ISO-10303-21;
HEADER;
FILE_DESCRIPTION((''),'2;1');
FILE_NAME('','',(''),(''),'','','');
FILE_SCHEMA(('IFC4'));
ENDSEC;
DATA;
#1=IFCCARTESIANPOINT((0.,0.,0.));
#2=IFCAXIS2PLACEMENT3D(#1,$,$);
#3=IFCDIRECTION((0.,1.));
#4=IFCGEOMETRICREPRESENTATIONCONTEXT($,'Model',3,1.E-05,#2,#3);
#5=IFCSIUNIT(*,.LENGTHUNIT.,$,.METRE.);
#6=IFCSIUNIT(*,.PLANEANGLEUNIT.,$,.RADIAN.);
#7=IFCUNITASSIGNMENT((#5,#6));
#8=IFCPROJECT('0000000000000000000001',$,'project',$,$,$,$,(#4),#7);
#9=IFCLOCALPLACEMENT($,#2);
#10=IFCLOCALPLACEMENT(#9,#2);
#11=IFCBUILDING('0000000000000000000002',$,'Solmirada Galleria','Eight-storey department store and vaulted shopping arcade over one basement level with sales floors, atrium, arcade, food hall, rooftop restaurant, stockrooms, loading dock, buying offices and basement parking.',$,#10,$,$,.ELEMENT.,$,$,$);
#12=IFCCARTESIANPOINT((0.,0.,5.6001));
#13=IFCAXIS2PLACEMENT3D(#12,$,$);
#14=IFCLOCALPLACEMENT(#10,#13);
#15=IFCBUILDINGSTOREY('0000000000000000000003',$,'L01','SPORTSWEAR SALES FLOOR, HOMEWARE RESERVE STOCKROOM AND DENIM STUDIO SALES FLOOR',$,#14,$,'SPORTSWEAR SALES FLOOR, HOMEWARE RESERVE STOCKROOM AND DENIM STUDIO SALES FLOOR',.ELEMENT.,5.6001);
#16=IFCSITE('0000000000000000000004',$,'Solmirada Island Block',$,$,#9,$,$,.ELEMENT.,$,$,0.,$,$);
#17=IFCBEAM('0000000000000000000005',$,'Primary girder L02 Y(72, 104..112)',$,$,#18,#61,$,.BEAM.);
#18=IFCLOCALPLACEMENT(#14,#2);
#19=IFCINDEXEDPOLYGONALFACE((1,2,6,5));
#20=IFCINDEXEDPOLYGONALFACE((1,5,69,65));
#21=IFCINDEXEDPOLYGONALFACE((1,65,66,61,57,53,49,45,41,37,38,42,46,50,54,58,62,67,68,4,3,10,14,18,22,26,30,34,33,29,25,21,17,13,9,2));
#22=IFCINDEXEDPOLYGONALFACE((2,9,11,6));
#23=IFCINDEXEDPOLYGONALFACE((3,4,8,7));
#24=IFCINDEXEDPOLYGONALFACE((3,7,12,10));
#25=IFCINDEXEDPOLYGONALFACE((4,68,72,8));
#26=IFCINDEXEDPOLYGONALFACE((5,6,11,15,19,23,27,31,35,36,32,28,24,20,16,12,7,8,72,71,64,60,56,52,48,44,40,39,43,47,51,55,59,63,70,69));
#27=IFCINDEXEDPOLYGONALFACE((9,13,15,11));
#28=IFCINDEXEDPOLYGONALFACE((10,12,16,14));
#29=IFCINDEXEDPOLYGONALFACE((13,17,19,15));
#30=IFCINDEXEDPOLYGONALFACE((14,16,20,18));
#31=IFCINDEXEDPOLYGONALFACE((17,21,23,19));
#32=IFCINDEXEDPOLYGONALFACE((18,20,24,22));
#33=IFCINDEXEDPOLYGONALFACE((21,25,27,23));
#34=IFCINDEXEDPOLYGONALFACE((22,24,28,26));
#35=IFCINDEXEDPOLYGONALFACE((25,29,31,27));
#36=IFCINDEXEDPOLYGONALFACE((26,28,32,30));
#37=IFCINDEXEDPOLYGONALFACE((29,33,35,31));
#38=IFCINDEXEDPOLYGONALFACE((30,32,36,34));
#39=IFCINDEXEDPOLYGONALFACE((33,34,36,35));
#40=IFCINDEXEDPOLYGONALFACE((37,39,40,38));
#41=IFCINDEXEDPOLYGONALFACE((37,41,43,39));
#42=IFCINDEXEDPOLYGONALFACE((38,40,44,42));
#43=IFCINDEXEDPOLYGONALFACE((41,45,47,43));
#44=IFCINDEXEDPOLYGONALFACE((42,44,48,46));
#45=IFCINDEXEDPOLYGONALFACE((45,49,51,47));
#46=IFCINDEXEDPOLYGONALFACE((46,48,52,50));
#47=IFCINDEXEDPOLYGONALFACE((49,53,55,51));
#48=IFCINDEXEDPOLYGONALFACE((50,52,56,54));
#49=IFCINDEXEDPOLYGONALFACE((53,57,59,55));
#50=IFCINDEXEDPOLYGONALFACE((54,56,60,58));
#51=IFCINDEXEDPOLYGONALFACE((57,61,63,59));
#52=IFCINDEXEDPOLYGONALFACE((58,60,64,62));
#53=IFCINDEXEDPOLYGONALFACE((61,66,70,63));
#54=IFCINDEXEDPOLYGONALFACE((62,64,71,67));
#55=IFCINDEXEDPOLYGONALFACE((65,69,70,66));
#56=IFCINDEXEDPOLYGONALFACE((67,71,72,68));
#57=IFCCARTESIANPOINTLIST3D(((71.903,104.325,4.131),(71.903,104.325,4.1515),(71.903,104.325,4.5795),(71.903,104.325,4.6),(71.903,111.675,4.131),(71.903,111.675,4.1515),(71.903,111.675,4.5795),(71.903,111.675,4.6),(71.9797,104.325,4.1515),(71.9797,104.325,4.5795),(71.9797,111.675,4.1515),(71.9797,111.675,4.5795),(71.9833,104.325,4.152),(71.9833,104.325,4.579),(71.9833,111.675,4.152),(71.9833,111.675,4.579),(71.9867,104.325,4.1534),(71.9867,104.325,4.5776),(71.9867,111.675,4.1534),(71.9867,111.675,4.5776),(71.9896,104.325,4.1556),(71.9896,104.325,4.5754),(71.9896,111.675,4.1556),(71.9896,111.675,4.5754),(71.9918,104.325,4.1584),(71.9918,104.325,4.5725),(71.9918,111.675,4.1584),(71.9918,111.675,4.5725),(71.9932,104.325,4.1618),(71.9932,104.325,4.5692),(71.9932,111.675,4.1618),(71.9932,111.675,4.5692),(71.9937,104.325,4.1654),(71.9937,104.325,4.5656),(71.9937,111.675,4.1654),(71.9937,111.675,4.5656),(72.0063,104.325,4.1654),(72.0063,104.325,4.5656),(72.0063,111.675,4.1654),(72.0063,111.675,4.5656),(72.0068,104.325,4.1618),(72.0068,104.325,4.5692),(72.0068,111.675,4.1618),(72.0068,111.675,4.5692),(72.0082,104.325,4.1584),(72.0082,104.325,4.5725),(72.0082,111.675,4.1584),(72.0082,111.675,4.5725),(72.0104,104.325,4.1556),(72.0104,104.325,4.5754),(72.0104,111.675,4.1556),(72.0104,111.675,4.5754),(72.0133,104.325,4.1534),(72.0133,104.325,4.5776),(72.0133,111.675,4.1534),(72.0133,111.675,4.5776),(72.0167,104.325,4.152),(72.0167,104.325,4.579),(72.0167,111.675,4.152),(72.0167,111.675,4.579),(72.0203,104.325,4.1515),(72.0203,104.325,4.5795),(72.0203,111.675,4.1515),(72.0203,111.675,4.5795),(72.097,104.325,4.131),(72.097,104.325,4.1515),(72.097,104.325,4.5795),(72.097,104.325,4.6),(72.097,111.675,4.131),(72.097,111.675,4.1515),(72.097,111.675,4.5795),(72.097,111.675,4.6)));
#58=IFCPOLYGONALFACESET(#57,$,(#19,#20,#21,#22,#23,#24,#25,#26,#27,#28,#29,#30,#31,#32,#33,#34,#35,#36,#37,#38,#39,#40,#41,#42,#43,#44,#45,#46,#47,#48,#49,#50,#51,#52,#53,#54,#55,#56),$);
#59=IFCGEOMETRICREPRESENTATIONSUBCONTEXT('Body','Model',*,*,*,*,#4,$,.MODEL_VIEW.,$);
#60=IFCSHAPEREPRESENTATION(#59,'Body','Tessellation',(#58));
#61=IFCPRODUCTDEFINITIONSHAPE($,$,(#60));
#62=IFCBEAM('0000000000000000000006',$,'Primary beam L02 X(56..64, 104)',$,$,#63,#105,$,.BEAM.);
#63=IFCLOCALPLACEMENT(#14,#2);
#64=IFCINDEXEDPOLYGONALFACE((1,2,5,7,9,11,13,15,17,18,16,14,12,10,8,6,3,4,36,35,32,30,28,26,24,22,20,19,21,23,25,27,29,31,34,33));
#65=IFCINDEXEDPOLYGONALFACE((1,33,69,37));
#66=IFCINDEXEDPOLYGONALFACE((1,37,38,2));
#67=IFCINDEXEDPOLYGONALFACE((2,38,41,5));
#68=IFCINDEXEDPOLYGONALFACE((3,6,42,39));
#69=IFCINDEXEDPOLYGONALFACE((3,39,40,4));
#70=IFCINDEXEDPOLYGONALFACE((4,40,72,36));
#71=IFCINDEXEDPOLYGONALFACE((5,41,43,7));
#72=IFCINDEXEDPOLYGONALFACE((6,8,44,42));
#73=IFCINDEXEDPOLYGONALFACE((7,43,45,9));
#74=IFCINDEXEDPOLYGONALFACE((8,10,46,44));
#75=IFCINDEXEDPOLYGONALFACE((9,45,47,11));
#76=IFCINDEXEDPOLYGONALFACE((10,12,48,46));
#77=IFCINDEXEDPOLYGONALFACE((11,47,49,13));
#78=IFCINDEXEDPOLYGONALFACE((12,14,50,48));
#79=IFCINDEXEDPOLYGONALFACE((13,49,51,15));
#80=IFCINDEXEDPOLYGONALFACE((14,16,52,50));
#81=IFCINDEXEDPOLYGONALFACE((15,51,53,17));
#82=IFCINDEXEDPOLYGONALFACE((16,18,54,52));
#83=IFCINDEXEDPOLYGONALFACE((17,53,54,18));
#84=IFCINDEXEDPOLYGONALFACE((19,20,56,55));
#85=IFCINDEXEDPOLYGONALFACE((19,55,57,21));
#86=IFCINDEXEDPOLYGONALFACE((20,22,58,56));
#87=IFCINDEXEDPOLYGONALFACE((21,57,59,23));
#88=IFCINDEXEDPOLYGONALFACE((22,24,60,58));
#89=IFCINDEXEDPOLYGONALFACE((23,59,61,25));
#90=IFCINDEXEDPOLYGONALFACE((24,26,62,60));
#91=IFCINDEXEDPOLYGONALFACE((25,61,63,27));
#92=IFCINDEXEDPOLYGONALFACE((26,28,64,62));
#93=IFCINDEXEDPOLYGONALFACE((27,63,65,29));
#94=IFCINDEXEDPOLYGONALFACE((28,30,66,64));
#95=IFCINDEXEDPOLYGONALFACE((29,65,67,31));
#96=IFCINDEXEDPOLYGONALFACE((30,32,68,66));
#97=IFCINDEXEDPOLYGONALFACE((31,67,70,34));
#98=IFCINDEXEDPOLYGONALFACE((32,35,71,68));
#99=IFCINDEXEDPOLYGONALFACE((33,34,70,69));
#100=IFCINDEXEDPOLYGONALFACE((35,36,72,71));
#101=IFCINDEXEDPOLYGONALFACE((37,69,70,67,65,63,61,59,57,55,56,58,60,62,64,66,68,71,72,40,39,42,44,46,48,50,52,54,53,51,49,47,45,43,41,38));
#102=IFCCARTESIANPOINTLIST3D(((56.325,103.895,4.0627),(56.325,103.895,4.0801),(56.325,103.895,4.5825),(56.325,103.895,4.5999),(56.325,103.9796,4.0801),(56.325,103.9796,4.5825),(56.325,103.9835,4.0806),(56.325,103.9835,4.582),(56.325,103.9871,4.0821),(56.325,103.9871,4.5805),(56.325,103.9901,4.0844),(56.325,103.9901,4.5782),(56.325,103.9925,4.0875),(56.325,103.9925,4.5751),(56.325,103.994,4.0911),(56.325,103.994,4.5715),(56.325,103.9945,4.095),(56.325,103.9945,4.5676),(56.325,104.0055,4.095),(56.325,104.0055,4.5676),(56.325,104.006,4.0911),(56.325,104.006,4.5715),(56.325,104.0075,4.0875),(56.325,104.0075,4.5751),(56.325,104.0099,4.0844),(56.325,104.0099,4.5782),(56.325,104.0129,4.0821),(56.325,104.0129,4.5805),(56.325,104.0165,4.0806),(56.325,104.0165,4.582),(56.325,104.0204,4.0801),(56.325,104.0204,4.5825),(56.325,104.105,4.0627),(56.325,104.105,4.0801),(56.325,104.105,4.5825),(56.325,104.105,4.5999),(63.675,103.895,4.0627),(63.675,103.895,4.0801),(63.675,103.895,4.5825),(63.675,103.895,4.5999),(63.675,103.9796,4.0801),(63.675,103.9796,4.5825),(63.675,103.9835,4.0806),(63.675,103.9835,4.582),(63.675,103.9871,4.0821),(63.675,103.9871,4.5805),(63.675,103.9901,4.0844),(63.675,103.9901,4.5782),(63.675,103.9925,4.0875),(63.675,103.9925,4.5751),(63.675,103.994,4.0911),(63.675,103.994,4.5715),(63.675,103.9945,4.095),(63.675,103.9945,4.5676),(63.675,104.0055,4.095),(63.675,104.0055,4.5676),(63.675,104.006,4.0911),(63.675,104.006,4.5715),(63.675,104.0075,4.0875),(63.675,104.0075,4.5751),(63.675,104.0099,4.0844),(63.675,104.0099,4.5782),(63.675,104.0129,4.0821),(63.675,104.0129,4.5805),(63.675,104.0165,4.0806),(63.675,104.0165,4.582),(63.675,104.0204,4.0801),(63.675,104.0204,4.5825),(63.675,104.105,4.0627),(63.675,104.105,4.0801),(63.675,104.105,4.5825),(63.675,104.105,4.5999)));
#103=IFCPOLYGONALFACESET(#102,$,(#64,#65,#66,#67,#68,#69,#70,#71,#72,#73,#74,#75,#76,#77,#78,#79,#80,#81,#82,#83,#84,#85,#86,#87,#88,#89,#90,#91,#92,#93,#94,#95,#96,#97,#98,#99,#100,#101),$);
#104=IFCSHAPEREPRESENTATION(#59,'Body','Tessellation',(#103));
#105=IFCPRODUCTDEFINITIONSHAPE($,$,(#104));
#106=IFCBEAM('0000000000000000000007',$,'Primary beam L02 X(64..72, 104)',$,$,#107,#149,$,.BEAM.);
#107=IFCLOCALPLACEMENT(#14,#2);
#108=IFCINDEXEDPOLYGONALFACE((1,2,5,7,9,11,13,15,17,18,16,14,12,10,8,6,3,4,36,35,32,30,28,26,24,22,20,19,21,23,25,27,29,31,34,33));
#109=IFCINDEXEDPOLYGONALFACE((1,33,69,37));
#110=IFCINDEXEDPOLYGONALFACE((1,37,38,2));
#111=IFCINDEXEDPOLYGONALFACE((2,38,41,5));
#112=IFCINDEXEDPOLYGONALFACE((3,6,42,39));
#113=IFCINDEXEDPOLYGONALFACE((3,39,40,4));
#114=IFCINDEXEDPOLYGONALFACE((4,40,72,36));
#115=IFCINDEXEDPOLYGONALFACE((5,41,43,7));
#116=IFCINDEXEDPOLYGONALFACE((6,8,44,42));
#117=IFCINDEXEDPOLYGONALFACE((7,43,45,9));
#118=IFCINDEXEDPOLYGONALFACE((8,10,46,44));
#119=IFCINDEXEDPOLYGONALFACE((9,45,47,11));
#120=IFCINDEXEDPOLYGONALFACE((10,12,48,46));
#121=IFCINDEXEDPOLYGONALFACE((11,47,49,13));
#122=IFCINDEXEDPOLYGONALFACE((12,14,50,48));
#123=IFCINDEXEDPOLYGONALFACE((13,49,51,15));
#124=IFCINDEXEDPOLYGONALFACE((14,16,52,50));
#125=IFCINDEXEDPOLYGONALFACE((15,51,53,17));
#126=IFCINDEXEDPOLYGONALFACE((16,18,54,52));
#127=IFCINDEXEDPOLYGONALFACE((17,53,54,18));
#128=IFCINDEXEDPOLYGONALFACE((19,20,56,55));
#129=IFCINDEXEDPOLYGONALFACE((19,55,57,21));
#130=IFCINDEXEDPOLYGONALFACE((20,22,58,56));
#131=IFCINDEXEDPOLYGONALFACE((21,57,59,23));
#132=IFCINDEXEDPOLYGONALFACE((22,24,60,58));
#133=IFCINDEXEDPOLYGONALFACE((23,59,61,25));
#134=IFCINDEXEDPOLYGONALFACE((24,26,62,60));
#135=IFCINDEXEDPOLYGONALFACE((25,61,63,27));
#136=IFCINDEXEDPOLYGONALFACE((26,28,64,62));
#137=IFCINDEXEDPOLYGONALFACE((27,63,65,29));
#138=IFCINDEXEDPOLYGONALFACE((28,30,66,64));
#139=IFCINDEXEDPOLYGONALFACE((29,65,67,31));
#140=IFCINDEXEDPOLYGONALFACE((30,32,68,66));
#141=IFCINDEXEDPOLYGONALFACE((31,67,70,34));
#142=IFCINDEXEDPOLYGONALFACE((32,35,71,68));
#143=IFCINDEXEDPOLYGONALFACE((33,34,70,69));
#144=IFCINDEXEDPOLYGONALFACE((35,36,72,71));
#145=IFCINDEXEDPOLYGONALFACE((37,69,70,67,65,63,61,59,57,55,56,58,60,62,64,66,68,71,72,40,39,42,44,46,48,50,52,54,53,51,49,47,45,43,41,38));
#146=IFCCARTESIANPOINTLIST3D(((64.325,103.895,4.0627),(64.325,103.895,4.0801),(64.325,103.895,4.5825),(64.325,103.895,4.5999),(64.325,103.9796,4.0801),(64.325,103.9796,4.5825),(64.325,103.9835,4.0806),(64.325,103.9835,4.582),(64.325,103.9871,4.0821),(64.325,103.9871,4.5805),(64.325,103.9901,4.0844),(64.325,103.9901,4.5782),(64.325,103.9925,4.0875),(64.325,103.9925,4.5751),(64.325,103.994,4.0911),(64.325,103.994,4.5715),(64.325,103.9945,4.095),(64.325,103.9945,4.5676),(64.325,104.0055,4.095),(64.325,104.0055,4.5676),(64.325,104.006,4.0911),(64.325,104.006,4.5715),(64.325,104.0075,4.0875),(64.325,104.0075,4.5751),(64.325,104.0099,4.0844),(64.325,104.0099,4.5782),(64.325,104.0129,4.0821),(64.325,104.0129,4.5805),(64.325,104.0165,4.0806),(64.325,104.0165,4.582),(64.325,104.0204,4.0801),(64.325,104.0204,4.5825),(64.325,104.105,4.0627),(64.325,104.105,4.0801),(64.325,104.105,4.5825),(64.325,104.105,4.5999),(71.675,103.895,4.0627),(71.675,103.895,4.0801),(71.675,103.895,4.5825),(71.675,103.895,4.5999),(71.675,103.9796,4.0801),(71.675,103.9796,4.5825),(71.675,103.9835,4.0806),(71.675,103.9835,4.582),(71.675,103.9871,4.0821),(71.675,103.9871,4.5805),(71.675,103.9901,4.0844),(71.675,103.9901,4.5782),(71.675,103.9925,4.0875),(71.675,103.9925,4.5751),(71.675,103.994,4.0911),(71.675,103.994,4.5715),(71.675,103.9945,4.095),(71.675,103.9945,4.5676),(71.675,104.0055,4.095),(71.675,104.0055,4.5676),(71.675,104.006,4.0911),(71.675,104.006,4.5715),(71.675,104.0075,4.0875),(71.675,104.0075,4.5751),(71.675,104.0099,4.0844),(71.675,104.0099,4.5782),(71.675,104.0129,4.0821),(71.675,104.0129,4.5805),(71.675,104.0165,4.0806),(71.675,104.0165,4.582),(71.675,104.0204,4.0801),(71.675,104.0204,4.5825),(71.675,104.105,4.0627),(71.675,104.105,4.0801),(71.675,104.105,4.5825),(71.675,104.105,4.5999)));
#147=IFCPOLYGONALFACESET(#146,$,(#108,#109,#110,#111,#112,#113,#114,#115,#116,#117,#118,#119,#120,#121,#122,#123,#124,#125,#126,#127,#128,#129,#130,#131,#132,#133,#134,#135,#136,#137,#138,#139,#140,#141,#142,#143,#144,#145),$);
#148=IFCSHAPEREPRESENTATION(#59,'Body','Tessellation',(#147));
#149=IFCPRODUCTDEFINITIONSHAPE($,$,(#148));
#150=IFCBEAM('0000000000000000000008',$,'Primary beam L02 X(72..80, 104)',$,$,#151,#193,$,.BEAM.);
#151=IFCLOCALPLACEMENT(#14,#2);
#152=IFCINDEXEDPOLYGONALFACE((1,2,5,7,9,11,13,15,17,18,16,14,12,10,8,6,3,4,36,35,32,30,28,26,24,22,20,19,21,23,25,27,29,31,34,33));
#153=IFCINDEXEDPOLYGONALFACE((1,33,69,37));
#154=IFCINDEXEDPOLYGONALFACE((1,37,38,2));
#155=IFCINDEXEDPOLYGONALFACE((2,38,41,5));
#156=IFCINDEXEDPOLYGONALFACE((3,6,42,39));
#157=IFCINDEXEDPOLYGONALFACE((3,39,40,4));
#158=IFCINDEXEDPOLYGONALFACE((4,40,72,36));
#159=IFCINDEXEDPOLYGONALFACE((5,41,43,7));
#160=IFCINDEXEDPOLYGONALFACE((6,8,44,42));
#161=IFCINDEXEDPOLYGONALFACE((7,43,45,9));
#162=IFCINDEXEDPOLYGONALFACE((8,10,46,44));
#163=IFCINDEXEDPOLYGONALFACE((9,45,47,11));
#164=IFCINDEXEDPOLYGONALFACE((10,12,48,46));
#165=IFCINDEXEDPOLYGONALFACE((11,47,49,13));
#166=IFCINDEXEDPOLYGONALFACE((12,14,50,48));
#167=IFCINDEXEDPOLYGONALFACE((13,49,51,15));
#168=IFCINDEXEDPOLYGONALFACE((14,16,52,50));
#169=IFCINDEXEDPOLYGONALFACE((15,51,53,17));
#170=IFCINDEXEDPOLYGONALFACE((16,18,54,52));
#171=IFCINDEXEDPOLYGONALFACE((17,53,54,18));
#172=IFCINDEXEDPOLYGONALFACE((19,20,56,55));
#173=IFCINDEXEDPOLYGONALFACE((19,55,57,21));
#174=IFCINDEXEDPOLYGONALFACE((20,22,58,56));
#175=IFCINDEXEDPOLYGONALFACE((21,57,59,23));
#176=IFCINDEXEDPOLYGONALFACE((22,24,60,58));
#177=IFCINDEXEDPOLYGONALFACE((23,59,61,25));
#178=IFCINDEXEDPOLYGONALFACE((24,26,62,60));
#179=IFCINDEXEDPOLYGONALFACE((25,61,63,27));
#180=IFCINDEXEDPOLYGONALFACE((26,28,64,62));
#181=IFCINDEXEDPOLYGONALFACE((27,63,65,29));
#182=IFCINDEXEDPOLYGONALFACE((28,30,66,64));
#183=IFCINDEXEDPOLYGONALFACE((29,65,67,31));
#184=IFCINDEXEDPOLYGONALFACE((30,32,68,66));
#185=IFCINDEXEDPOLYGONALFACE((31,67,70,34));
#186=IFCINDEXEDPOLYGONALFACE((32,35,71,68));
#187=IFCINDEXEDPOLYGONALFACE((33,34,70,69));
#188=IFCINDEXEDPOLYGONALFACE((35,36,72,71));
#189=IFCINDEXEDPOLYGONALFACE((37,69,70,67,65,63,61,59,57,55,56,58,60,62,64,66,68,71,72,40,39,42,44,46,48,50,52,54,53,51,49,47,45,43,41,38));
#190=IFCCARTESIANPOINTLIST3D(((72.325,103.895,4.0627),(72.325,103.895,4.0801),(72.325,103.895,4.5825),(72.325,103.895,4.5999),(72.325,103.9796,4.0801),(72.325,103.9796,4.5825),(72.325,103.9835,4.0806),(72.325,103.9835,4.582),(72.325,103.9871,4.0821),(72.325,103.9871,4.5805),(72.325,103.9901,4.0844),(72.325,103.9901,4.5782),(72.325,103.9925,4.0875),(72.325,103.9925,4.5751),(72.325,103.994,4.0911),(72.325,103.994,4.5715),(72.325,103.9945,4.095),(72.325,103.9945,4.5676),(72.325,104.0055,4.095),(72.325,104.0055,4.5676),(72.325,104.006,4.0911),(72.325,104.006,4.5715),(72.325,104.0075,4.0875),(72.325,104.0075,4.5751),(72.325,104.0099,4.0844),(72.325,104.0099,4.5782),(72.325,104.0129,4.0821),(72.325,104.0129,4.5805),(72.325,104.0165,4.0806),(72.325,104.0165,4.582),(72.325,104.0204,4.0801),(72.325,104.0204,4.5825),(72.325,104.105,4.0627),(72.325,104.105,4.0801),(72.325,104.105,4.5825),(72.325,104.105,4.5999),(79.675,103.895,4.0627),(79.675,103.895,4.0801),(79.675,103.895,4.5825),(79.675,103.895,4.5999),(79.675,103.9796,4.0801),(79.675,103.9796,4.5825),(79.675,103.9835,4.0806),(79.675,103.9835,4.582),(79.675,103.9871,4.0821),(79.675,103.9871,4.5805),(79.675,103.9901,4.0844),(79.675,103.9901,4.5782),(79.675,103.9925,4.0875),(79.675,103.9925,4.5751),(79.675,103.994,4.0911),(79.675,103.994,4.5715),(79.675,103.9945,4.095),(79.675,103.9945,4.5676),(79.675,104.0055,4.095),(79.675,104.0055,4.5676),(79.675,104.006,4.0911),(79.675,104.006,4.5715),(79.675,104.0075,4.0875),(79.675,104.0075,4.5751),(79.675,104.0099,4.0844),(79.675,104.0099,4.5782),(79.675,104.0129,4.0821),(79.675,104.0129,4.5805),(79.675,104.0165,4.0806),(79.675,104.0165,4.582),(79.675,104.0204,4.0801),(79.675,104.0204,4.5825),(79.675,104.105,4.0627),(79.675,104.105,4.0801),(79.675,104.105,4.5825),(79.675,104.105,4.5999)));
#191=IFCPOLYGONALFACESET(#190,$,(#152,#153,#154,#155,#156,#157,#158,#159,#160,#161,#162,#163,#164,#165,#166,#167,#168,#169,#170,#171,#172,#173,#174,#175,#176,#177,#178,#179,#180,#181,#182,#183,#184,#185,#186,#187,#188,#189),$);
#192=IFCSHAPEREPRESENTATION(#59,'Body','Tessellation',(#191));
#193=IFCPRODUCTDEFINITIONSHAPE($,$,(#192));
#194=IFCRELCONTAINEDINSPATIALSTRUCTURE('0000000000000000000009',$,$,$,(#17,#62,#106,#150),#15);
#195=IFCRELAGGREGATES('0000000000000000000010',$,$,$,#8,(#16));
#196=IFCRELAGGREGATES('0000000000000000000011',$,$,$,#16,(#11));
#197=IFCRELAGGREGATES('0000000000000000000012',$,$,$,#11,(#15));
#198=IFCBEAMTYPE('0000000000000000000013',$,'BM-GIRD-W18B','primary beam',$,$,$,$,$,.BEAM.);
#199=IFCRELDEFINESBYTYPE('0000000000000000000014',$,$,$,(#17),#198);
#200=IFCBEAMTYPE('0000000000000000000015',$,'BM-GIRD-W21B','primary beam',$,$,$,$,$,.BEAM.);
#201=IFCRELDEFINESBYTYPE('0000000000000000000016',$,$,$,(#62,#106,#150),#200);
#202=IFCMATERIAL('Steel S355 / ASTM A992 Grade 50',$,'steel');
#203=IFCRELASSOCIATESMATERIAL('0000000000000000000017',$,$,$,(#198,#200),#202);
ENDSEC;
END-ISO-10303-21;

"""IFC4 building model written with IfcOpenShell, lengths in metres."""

from ifc_helpers import new_model, si_unit, direction, frame, origin, origin_2d, place, context, subcontext, project, spatial, i_section, extrude, material, material_profile, profile_set, type_object, element, save


model = new_model("IFC4")

# Units and contexts
model_context = context("Model", 3, precision=1e-05, world=origin(), true_north=direction((0.0, 1.0)))
body_context = subcontext(model_context, "Body", "Model", "MODEL_VIEW")
ifc_project = project(units=[si_unit("LENGTHUNIT", "METRE"), si_unit("PLANEANGLEUNIT", "RADIAN")], contexts=[model_context])

# Site, building, storey
site_placement = place(None, origin())
site = spatial("IfcSite", under=ifc_project, at=site_placement, Name="Solmirada Island Block", CompositionType="ELEMENT", RefElevation=0.0)
building_placement = place(site_placement, origin())
building = spatial("IfcBuilding", under=site, at=building_placement, Name="Solmirada Galleria", Description="Eight-storey department store and vaulted shopping arcade over one basement level with sales floors, atrium, arcade, food hall, rooftop restaurant, stockrooms, loading dock, buying offices and basement parking.", CompositionType="ELEMENT")
storey_placement = place(building_placement, frame((0.0, 0.0, 5.6001)))
storey = spatial("IfcBuildingStorey", under=building, at=storey_placement, Name="L01", Description="SPORTSWEAR SALES FLOOR, HOMEWARE RESERVE STOCKROOM AND DENIM STUDIO SALES FLOOR", LongName="SPORTSWEAR SALES FLOOR, HOMEWARE RESERVE STOCKROOM AND DENIM STUDIO SALES FLOOR", CompositionType="ELEMENT", Elevation=5.6001)

# Beams
ifc_material_1 = material(Name="Steel S355 / ASTM A992 Grade 50", Category="steel")
ifc_material_profile_1 = material_profile(ifc_material_1, i_section(OverallWidth=0.1941, OverallDepth=0.469, WebThickness=0.0127, FlangeThickness=0.0205, FilletRadius=0.0139, at=origin_2d()), Name="W18X71")
ifc_profile_set_1 = profile_set([ifc_material_profile_1], Name="Steel S355 / ASTM A992 Grade 50")
beam_type_1 = type_object("IfcBeamType", Name="BM-GIRD-W18B", Description="primary beam", PredefinedType="BEAM", material=ifc_profile_set_1)
for number, where, z_axis, x_axis, name in (
    (1, (72.0, 104.325, 4.3655), (0.0, 1.0, 0.0), (-1.0, 0.0, 0.0), "Primary girder L02 Y(72, 104..112)"),
):
    element("IfcBeam", number, at=place(storey_placement, frame(where, z_axis=z_axis, x_axis=x_axis)), inside=storey, type_object=beam_type_1, Name=name, PredefinedType="BEAM", context=body_context, shape_type="SweptSolid", body=[
        extrude(i_section(OverallWidth=0.1941, OverallDepth=0.469, WebThickness=0.0127, FlangeThickness=0.0205, FilletRadius=0.0139, at=origin_2d()), origin(), (0.0, 0.0, 1.0), 7.3501),
    ])
ifc_material_profile_2 = material_profile(ifc_material_1, i_section(OverallWidth=0.21, OverallDepth=0.5371, WebThickness=0.011, FlangeThickness=0.0173, FilletRadius=0.0149, at=origin_2d()), Name="W21X68")
ifc_profile_set_2 = profile_set([ifc_material_profile_2], Name="Steel S355 / ASTM A992 Grade 50")
beam_type_2 = type_object("IfcBeamType", Name="BM-GIRD-W21B", Description="primary beam", PredefinedType="BEAM", material=ifc_profile_set_2)
for number, where, z_axis, x_axis, name in (
    (2, (56.325, 104.0, 4.3313), (1.0, 0.0, 0.0), (0.0, 1.0, 0.0), "Primary beam L02 X(56..64, 104)"),
    (3, (64.325, 104.0, 4.3313), (1.0, 0.0, 0.0), (0.0, 1.0, 0.0), "Primary beam L02 X(64..72, 104)"),
    (4, (72.325, 104.0, 4.3313), (1.0, 0.0, 0.0), (0.0, 1.0, 0.0), "Primary beam L02 X(72..80, 104)"),
):
    element("IfcBeam", number, at=place(storey_placement, frame(where, z_axis=z_axis, x_axis=x_axis)), inside=storey, type_object=beam_type_2, Name=name, PredefinedType="BEAM", context=body_context, shape_type="SweptSolid", body=[
        extrude(i_section(OverallWidth=0.21, OverallDepth=0.5371, WebThickness=0.011, FlangeThickness=0.0173, FilletRadius=0.0149, at=origin_2d()), origin(), (0.0, 0.0, 1.0), 7.3501),
    ])

save(model, "model.ifc")
